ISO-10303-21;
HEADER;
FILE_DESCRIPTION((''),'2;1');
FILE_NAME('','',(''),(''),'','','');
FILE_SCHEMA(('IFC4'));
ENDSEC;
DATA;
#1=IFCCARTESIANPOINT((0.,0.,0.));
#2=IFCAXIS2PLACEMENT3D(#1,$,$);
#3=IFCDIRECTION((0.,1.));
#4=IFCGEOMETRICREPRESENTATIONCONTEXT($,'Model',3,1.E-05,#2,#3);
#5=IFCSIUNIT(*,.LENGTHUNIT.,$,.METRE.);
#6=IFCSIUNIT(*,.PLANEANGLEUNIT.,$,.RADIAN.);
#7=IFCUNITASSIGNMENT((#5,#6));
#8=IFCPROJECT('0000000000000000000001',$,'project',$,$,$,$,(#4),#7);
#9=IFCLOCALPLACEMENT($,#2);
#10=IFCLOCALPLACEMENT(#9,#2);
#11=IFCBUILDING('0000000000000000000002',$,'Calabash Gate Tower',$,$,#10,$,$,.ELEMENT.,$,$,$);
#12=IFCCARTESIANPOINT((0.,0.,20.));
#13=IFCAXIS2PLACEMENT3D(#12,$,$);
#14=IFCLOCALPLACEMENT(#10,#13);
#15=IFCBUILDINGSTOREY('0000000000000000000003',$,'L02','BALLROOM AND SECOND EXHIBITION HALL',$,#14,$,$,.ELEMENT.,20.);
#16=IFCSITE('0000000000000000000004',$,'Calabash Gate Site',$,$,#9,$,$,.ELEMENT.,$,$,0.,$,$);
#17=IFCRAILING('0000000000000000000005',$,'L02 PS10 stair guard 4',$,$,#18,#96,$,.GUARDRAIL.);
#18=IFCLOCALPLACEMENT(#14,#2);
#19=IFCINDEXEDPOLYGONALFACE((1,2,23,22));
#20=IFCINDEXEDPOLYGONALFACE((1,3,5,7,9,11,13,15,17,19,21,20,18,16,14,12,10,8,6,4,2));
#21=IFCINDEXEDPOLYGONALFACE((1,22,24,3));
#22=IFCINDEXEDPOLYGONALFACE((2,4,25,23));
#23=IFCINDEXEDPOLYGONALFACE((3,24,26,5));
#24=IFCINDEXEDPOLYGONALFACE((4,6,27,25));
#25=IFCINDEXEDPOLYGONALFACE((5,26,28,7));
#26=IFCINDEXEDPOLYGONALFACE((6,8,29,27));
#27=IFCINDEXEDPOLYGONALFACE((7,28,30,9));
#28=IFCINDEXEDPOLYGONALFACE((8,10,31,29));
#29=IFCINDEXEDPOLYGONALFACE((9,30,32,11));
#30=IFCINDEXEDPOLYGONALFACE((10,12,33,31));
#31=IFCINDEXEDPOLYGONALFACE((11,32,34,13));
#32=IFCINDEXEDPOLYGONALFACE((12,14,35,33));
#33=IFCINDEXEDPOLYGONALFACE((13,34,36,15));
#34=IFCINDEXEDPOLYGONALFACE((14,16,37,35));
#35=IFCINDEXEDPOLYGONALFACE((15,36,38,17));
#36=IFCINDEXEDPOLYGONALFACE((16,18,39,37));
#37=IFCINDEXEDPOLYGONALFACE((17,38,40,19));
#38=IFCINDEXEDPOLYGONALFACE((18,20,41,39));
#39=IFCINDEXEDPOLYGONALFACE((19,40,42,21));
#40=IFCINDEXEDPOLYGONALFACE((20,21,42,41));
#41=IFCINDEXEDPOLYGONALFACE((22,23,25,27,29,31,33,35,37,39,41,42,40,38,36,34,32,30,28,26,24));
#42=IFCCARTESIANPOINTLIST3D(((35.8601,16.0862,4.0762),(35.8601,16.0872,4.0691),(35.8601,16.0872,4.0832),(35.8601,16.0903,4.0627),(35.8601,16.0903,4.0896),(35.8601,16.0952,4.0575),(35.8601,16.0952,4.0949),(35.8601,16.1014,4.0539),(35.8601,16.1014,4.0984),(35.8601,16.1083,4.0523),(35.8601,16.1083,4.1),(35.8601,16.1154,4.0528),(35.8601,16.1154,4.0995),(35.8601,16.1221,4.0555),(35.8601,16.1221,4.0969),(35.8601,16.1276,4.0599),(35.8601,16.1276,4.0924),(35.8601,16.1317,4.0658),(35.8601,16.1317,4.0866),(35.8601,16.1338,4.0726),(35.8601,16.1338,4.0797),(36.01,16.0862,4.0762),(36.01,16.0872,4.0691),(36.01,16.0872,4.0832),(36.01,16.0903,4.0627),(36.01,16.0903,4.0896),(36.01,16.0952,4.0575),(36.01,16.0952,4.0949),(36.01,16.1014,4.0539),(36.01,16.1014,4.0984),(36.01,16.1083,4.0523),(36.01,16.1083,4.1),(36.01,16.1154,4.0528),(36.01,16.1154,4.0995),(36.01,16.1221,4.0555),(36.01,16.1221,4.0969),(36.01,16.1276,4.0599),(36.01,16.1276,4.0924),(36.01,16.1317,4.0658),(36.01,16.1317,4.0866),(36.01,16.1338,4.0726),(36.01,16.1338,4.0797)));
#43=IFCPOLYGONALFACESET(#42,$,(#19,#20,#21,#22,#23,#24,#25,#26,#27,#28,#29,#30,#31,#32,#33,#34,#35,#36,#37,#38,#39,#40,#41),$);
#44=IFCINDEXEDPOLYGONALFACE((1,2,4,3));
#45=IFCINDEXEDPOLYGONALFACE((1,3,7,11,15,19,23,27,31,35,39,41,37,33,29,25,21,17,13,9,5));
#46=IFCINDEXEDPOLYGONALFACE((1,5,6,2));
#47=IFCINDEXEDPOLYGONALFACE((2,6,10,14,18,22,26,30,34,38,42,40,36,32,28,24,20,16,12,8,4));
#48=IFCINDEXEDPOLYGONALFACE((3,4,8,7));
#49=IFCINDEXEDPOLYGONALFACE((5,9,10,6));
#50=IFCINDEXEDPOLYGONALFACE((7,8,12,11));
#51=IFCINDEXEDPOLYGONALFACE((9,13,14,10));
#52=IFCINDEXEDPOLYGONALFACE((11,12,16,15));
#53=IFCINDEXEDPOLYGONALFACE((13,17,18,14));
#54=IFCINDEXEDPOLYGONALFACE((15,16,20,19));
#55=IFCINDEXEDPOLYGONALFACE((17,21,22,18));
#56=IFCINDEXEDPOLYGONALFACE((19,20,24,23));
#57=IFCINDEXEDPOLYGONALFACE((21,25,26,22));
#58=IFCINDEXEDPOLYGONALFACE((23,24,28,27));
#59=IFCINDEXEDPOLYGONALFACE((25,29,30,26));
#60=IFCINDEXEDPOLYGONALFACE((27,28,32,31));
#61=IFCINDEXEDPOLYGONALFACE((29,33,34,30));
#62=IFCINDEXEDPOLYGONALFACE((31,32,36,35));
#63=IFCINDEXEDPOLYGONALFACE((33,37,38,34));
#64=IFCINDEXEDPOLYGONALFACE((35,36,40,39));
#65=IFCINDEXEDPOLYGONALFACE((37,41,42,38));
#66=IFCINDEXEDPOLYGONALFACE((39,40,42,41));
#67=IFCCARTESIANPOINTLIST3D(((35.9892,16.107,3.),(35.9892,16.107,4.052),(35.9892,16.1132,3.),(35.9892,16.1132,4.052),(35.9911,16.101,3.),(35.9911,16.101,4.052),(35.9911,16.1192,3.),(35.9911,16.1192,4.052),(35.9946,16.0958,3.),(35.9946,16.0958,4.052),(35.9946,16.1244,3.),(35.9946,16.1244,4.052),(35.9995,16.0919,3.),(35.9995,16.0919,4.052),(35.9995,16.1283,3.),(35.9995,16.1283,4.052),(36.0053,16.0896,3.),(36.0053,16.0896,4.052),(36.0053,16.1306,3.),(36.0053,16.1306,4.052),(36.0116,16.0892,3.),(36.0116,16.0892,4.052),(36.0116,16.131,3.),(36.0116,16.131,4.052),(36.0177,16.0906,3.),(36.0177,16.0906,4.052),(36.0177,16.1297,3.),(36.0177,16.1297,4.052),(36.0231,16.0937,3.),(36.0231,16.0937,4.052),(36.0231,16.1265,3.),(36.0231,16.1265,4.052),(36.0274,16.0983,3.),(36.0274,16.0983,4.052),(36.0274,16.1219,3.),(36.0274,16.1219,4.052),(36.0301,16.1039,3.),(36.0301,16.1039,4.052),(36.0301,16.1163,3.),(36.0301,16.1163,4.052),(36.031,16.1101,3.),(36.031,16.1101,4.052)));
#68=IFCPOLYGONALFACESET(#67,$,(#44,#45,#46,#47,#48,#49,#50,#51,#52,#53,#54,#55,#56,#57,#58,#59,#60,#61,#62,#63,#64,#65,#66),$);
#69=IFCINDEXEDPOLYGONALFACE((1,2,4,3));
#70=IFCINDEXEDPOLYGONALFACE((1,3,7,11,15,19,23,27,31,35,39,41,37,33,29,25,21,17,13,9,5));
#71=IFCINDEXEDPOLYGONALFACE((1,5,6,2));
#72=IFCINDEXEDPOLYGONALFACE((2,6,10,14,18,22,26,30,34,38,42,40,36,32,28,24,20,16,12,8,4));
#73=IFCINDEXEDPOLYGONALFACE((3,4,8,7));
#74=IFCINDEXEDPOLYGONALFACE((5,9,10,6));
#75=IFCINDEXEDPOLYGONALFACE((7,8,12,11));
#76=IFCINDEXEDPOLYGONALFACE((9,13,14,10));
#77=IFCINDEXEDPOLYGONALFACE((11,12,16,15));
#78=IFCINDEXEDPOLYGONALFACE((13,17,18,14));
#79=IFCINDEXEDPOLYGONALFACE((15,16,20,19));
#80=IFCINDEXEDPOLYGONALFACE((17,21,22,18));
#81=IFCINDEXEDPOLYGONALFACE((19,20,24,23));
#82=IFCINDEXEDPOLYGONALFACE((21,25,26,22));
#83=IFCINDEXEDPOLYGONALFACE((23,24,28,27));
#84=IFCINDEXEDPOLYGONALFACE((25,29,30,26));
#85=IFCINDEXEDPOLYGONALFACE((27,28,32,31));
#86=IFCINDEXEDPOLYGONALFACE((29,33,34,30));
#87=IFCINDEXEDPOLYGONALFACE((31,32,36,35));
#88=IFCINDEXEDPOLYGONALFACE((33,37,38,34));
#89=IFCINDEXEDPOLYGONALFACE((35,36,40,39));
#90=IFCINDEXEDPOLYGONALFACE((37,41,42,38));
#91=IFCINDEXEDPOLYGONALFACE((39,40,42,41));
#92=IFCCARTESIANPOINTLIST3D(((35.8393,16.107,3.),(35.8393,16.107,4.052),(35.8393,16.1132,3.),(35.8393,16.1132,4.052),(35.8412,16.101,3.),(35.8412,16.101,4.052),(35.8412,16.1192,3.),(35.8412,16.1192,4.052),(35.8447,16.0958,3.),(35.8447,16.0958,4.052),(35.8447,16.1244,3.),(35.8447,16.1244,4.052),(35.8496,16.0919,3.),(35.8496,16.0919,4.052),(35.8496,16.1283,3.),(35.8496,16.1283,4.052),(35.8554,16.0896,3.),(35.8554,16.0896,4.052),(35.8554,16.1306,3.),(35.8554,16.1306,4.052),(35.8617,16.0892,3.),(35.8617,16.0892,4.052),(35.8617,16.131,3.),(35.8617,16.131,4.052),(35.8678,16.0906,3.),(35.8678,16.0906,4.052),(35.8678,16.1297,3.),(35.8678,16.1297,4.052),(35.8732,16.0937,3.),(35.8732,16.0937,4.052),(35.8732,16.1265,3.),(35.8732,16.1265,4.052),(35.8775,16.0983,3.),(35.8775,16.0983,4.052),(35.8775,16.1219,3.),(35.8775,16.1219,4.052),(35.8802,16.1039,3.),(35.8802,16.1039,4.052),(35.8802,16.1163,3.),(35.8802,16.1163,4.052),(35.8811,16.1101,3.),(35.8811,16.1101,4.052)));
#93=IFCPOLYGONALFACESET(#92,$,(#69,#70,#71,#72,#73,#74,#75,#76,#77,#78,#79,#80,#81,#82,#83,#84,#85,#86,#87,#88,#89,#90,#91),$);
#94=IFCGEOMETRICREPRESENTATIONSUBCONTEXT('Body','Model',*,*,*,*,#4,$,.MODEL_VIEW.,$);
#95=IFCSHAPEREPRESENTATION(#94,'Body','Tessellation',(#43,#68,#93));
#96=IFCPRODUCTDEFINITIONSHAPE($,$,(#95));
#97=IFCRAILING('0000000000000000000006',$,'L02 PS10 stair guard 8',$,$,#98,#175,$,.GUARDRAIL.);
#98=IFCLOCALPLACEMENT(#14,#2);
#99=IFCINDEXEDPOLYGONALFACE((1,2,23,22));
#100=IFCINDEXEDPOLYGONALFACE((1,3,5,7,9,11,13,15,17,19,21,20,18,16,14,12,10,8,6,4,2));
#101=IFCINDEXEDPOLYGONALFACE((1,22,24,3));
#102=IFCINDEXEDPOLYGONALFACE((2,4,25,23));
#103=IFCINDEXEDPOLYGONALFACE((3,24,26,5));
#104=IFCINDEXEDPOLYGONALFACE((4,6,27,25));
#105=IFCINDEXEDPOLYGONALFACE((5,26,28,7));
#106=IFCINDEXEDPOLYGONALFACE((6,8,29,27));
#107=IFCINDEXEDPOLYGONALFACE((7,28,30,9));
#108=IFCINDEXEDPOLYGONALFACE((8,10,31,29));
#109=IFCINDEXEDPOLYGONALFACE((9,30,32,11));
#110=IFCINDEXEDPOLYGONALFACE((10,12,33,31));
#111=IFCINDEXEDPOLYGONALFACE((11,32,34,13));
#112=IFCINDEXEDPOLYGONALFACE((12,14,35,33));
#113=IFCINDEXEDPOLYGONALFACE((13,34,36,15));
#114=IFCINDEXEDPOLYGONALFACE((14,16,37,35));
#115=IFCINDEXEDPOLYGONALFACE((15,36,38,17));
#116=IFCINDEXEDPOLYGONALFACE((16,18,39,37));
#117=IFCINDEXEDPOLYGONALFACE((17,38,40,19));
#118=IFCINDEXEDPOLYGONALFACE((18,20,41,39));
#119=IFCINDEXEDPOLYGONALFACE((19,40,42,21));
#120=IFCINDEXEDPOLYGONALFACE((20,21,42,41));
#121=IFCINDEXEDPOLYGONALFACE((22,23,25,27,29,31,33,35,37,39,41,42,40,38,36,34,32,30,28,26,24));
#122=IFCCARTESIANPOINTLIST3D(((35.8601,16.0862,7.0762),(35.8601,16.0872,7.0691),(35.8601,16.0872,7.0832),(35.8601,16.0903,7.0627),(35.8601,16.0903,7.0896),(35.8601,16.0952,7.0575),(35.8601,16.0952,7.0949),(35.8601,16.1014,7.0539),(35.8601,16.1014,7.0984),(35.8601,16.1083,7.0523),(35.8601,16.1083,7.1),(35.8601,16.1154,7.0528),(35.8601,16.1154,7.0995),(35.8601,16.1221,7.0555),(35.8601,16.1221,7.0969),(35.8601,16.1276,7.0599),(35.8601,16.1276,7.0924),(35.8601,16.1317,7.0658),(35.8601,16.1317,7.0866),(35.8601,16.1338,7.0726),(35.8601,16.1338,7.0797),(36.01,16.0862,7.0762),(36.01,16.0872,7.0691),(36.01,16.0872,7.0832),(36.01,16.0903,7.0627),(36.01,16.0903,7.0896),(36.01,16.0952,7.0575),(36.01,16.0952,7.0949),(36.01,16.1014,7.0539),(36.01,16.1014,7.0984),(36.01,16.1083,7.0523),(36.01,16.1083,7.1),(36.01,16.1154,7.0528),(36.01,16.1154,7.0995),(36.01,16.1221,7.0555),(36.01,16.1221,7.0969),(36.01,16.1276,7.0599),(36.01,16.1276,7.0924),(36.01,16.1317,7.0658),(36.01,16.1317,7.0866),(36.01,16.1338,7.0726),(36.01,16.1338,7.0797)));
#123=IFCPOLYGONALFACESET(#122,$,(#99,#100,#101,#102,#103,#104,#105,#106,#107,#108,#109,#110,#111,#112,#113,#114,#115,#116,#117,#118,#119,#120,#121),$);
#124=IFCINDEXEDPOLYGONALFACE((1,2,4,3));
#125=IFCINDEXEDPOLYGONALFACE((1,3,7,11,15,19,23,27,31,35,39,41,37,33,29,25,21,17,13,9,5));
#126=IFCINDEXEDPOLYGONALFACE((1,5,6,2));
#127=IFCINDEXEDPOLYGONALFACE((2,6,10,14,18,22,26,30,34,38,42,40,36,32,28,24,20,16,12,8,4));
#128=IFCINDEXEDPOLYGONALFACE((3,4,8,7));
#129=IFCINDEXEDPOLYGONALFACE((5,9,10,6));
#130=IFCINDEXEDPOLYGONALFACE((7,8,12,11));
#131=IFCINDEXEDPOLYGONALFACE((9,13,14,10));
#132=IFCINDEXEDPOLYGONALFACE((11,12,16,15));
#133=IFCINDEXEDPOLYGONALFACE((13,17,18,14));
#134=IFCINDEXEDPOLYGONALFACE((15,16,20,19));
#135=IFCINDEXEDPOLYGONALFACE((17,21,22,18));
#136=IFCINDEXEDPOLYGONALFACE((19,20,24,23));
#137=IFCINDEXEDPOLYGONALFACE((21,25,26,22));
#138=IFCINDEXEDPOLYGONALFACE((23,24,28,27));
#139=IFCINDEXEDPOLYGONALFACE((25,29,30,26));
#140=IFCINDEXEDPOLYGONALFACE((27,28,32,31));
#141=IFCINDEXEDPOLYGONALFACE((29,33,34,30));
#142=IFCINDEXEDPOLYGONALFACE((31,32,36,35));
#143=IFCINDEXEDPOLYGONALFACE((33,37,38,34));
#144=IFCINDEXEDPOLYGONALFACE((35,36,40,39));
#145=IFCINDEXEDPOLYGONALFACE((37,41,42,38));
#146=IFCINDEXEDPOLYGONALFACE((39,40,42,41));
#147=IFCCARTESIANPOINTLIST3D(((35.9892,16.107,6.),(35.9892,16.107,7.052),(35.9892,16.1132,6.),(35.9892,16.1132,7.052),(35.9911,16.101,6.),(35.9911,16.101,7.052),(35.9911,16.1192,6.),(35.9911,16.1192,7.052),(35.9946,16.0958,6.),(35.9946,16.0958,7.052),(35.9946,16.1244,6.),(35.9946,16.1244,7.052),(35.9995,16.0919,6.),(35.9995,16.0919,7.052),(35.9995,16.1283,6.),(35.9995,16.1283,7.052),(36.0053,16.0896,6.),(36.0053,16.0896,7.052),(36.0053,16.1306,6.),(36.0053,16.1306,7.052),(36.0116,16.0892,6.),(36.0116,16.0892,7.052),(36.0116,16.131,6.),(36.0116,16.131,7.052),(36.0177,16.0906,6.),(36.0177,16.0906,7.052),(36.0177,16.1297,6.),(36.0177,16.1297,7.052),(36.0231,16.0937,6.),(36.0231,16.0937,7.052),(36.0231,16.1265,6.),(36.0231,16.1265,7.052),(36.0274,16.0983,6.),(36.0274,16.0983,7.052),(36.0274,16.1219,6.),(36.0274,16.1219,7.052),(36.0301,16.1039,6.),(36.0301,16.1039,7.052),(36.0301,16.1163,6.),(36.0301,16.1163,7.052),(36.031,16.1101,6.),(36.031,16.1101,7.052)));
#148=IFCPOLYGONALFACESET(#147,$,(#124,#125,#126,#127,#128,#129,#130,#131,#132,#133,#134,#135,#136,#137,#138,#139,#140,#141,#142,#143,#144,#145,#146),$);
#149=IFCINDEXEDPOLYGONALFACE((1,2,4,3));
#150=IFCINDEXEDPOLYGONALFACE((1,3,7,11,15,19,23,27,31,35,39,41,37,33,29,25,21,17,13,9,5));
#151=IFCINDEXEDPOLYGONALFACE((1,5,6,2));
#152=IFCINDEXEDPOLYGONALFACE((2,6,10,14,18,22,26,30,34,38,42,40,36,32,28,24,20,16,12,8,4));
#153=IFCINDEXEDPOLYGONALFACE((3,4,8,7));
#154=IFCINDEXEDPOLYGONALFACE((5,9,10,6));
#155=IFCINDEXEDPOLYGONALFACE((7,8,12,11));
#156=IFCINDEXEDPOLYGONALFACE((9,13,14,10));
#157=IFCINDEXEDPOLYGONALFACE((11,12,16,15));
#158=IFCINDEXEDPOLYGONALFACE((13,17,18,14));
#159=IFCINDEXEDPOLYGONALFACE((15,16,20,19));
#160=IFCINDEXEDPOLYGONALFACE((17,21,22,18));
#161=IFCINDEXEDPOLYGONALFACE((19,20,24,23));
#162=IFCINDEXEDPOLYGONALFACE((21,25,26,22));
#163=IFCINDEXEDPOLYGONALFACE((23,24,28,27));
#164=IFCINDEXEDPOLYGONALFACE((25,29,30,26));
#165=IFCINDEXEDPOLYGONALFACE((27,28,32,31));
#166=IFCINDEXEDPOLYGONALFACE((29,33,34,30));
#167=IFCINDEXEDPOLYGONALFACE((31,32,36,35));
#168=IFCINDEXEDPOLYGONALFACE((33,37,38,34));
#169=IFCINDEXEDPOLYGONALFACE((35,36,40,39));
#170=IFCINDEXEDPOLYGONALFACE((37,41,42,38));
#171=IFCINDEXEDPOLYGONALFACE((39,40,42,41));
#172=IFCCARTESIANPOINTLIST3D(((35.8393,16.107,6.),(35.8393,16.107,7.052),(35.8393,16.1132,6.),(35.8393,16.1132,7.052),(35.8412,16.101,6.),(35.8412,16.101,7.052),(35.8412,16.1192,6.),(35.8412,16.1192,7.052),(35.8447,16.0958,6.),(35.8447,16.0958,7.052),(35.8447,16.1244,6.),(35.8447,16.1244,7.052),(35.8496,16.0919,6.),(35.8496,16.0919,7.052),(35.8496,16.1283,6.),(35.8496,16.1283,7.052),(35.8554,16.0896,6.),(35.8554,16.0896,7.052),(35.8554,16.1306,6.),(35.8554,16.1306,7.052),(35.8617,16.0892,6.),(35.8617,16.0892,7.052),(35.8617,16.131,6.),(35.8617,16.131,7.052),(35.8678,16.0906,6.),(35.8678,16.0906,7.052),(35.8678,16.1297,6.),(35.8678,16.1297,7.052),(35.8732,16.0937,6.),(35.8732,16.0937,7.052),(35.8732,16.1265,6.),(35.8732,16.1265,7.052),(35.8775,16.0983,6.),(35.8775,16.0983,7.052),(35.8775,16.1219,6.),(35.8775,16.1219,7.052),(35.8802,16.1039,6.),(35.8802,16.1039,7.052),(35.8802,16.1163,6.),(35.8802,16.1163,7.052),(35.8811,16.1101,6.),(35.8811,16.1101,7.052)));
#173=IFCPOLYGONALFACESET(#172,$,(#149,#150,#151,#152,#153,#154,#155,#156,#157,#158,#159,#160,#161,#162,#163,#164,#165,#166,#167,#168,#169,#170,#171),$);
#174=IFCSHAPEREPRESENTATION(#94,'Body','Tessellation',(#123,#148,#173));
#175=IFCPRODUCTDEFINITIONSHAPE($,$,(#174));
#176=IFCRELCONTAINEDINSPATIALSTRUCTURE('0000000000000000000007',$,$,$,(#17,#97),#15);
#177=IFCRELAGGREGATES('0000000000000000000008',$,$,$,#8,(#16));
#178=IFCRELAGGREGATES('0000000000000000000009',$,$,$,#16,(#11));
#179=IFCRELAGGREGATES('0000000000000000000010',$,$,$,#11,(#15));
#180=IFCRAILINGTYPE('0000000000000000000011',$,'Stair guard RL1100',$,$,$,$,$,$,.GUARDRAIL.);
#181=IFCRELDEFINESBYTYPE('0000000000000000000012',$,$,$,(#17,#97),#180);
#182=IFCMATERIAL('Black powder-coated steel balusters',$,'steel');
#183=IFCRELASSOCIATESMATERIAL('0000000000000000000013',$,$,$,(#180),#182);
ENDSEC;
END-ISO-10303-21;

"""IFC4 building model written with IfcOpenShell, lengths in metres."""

from ifc_helpers import new_model, si_unit, direction, frame, origin, origin_2d, place, context, subcontext, project, spatial, circle, extrude, material, type_object, element, save


model = new_model("IFC4")

# Units and contexts
model_context = context("Model", 3, precision=1e-05, world=origin(), true_north=direction((0.0, 1.0)))
body_context = subcontext(model_context, "Body", "Model", "MODEL_VIEW")
ifc_project = project(units=[si_unit("LENGTHUNIT", "METRE"), si_unit("PLANEANGLEUNIT", "RADIAN")], contexts=[model_context])

# Site, building, storey
site_placement = place(None, origin())
site = spatial("IfcSite", under=ifc_project, at=site_placement, Name="Calabash Gate Site", CompositionType="ELEMENT", RefElevation=0.0)
building_placement = place(site_placement, origin())
building = spatial("IfcBuilding", under=site, at=building_placement, Name="Calabash Gate Tower", CompositionType="ELEMENT")
storey_placement = place(building_placement, frame((0.0, 0.0, 20.0)))
storey = spatial("IfcBuildingStorey", under=building, at=storey_placement, Name="L02", Description="BALLROOM AND SECOND EXHIBITION HALL", CompositionType="ELEMENT", Elevation=20.0)

# Railings
ifc_material_1 = material(Name="Black powder-coated steel balusters", Category="steel")
railing_type = type_object("IfcRailingType", Name="Stair guard RL1100", PredefinedType="GUARDRAIL", material=ifc_material_1)
for number, where, name in (
    (1, (36.01, 16.1101, 3.0), "L02 PS10 stair guard 4"),
    (2, (36.01, 16.1101, 6.0), "L02 PS10 stair guard 8"),
):
    element("IfcRailing", number, at=place(storey_placement, frame(where)), inside=storey, type_object=railing_type, Name=name, PredefinedType="GUARDRAIL", context=body_context, shape_type="SweptSolid", body=[
        extrude(circle(Radius=0.0239, at=origin_2d()), frame((0.0, 0.0, 1.0762), z_axis=(-1.0, 0.0, 0.0), x_axis=(0.0, -1.0, 0.0)), (0.0, 0.0, 1.0), 0.1499),
        extrude(circle(Radius=0.021, at=origin_2d()), origin(), (0.0, 0.0, 1.0), 1.052),
        extrude(circle(Radius=0.021, at=origin_2d()), frame((-0.1499, 0.0, 0.0)), (0.0, 0.0, 1.0), 1.052),
    ])

save(model, "model.ifc")
